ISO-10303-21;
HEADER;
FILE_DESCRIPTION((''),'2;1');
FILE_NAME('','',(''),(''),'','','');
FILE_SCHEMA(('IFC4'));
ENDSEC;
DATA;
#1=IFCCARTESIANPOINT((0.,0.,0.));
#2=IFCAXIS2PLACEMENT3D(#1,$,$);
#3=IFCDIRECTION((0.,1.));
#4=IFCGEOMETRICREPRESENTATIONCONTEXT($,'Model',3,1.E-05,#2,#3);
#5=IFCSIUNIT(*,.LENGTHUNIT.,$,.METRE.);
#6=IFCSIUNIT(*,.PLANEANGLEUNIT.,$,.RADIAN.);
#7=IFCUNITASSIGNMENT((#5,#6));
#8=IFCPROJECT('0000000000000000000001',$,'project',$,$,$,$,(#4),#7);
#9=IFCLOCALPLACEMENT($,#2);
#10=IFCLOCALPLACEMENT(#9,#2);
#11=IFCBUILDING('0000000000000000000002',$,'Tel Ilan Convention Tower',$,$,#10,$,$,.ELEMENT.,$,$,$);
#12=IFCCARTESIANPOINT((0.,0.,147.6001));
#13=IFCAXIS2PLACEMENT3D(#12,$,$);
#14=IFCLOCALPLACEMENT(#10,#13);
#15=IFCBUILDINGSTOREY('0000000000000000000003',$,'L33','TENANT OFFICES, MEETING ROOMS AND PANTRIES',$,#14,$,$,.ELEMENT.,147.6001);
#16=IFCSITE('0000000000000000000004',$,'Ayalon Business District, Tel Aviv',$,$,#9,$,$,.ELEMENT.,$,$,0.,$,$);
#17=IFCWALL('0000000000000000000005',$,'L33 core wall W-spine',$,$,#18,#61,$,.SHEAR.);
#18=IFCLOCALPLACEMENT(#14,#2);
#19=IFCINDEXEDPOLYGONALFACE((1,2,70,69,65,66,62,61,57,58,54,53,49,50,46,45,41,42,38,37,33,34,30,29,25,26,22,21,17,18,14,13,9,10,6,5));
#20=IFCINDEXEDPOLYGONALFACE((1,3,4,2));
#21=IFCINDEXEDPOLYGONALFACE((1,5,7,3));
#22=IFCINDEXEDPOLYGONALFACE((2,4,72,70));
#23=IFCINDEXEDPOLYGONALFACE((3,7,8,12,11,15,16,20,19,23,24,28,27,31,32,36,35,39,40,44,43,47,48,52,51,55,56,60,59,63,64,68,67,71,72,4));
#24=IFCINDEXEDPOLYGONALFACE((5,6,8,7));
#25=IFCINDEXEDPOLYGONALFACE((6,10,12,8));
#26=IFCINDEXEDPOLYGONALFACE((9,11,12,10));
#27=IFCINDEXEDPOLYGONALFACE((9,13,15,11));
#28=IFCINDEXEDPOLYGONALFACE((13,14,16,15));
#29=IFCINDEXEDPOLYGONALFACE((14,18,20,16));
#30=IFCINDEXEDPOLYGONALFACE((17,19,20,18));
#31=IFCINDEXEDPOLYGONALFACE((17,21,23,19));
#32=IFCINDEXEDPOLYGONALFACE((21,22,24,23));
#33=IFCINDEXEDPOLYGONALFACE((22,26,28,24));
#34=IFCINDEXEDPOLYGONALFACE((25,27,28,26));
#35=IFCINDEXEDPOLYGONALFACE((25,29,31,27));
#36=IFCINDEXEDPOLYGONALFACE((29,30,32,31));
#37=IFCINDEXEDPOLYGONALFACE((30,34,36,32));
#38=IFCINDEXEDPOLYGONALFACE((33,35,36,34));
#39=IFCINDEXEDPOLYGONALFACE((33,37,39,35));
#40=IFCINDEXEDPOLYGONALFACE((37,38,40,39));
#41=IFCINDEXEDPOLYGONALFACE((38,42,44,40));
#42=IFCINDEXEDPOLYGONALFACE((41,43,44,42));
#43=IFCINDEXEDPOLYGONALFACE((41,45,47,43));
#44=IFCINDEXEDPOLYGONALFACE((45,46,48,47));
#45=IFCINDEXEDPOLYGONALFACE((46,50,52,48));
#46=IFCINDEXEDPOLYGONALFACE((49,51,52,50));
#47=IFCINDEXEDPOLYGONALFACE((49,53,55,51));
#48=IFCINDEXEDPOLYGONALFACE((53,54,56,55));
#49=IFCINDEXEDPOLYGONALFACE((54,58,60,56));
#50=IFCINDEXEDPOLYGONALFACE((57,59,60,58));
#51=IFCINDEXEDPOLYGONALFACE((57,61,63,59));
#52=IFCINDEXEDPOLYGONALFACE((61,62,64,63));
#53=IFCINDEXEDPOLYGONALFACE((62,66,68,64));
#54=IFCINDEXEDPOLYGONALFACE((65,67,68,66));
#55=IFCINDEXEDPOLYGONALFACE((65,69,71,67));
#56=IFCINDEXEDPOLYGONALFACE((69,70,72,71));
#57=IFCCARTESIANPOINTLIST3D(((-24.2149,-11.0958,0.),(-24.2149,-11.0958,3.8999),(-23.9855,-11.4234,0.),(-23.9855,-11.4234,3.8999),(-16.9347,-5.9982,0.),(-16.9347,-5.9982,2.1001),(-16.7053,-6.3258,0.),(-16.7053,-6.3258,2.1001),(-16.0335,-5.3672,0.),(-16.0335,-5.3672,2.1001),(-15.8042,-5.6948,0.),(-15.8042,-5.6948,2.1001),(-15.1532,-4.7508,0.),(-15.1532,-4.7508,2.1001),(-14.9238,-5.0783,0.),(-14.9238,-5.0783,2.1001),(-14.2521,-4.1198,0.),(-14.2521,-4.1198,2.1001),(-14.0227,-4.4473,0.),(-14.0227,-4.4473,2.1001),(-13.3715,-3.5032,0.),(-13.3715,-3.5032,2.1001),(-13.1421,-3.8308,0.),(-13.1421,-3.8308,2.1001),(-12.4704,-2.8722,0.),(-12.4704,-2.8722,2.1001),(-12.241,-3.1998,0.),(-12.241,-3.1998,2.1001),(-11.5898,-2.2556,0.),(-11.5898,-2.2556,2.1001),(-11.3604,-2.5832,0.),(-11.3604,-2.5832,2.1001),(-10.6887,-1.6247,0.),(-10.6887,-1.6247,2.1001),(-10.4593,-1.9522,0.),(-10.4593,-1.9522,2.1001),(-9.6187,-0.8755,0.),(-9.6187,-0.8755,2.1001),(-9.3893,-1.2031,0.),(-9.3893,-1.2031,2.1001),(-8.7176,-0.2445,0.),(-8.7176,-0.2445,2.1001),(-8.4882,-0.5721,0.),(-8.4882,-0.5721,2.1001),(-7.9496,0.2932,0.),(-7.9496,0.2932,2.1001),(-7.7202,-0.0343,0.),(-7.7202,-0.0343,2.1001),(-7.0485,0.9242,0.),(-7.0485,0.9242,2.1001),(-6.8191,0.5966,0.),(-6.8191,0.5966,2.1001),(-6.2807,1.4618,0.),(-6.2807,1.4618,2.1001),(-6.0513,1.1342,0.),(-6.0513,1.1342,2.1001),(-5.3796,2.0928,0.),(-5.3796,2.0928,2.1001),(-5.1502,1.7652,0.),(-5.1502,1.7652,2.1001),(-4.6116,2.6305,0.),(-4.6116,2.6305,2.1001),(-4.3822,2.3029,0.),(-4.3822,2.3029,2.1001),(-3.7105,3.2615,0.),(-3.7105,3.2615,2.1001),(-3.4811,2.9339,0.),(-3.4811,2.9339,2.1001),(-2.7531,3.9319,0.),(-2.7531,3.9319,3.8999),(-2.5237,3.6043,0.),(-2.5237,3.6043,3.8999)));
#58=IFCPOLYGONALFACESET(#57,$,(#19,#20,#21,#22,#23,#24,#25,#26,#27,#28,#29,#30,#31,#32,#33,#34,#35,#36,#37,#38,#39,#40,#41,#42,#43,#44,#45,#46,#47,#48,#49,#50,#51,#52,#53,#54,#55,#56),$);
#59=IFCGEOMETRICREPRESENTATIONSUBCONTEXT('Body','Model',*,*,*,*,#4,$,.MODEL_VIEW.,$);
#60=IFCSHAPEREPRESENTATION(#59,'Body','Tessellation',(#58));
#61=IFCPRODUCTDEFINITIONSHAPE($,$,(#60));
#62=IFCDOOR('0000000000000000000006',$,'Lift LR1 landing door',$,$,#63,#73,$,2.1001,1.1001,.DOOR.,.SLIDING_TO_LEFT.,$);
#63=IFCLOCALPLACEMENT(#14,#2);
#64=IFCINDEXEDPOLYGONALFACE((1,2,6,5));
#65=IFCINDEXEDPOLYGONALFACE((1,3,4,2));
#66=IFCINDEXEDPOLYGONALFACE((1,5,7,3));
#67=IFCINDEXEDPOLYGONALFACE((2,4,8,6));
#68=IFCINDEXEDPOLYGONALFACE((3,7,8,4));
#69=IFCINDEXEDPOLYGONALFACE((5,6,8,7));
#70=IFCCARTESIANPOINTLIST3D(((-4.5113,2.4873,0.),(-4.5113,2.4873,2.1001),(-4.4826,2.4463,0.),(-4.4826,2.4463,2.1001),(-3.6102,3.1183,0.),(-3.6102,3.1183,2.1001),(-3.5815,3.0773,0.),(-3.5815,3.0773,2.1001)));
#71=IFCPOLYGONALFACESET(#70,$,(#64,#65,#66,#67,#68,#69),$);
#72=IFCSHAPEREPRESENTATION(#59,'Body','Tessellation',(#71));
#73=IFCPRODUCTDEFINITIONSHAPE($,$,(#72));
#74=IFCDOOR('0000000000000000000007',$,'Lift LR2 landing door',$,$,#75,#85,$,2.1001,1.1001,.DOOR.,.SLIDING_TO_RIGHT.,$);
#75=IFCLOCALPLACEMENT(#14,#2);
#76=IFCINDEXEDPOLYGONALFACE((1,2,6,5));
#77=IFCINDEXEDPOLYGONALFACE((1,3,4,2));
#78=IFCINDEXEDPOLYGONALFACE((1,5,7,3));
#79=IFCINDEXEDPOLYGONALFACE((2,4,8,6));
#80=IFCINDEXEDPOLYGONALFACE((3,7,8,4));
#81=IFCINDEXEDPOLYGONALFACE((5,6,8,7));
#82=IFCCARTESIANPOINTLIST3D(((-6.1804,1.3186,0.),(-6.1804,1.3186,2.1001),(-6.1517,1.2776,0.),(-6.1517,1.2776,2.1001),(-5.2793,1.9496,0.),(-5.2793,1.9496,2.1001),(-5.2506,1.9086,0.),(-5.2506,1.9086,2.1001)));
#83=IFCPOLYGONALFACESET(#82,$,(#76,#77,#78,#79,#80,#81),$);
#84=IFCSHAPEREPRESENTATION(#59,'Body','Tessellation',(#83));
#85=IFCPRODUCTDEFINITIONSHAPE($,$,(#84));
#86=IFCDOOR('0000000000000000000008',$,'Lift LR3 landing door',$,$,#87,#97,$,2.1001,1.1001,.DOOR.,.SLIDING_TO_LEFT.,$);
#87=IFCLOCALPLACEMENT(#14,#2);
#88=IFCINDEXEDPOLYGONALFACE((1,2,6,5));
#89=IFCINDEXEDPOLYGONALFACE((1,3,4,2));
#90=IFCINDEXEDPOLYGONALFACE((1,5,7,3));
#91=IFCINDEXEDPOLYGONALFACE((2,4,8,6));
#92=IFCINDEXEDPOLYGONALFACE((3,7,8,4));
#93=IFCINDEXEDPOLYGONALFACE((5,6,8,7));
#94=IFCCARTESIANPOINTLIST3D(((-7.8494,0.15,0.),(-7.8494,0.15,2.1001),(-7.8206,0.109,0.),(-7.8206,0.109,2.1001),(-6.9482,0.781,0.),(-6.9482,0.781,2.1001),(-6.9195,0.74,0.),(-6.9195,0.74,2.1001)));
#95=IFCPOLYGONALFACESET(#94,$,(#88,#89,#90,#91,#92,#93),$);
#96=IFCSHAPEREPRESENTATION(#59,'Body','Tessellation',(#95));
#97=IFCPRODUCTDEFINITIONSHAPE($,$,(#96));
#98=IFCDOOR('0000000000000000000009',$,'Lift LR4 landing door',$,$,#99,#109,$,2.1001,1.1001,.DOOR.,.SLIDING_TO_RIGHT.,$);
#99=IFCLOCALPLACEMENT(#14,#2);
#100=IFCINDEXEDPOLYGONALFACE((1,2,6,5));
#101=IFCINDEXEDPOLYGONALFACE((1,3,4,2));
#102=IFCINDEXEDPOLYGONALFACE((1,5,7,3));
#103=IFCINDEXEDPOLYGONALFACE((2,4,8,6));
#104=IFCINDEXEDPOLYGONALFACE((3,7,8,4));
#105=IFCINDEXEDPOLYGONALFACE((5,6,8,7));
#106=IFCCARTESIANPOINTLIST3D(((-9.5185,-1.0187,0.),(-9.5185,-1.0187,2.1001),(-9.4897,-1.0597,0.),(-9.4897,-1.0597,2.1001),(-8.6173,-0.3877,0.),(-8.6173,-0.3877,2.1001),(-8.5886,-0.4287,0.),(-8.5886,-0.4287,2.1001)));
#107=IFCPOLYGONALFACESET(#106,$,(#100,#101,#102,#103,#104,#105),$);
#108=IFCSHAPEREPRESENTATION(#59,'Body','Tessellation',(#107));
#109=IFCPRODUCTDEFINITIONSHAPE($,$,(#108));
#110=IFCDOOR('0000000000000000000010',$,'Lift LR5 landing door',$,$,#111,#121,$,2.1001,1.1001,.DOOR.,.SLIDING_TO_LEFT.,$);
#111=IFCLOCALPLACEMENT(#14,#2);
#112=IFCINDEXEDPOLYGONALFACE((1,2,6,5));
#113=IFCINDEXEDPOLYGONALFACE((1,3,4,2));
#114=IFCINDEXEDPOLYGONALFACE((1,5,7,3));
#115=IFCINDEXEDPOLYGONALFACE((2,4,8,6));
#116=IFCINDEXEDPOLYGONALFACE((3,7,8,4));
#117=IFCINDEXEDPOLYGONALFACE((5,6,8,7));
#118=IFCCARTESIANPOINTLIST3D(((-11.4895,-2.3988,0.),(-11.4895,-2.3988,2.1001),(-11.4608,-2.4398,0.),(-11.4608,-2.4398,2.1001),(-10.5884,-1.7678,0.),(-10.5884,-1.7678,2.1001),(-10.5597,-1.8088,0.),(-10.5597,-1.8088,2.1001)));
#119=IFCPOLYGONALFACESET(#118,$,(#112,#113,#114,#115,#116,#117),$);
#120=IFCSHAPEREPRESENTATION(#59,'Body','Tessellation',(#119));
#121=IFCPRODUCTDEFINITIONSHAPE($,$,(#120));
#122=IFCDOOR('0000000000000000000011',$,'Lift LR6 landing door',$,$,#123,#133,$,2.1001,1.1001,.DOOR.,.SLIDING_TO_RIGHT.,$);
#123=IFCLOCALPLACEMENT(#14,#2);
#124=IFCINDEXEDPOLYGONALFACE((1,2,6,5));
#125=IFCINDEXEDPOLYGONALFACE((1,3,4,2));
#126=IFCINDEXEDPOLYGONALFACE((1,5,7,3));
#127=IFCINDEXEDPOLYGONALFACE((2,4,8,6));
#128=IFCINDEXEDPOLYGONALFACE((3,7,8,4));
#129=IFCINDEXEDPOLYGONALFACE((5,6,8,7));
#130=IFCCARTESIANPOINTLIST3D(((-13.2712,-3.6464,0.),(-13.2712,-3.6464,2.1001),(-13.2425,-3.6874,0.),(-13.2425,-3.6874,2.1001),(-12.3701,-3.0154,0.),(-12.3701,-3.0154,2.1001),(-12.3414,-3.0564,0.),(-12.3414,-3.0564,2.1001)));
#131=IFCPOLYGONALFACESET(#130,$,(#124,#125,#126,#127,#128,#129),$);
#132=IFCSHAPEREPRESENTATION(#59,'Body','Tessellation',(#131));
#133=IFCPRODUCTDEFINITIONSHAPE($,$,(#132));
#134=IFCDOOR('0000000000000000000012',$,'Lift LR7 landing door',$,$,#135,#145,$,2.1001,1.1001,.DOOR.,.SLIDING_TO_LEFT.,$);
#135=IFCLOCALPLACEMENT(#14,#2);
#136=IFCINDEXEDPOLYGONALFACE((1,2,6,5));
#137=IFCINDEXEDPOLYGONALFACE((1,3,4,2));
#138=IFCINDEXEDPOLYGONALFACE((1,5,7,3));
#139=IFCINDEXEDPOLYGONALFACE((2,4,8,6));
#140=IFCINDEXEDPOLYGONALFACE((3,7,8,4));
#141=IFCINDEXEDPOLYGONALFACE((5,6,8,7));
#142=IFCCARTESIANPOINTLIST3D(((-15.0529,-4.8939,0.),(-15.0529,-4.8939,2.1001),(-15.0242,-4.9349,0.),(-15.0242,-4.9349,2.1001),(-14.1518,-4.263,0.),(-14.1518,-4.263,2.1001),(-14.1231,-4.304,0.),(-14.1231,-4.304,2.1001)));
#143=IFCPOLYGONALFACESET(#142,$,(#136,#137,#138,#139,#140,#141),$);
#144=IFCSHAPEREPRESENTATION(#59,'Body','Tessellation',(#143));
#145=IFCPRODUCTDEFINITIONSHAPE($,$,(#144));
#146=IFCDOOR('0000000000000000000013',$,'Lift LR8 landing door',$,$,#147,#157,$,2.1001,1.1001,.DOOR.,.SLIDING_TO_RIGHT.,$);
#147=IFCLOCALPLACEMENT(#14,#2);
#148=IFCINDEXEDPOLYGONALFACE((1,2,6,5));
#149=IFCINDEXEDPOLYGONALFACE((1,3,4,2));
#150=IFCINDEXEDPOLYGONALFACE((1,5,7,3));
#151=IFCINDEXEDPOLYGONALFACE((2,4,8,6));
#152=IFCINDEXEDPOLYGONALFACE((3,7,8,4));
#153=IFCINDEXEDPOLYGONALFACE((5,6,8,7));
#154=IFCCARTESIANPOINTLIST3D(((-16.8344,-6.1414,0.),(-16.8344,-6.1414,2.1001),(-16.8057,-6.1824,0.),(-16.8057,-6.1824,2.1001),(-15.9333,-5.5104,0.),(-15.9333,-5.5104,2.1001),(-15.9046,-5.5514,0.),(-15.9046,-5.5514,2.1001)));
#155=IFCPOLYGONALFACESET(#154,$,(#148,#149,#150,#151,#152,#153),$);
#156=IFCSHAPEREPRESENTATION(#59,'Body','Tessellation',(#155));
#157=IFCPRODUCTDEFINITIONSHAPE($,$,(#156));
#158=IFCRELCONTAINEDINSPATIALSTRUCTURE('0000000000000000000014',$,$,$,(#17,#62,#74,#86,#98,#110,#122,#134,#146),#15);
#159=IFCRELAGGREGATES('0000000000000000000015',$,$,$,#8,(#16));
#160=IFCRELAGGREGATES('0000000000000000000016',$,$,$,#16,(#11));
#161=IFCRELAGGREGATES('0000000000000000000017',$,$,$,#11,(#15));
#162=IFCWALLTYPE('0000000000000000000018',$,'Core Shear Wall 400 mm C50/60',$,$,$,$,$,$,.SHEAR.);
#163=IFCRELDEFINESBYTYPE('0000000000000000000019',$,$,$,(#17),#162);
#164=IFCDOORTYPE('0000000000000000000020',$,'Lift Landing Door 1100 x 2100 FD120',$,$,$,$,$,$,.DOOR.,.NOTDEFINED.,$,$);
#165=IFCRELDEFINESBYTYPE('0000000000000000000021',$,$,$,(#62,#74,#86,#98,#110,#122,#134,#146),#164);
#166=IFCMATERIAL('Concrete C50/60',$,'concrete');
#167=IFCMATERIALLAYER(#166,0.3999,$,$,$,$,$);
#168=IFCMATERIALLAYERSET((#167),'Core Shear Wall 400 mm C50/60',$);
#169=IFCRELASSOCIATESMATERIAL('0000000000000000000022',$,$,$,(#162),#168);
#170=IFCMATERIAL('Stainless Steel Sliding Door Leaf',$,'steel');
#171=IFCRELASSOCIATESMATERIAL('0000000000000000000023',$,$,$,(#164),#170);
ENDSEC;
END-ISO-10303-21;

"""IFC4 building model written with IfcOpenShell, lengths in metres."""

from ifc_helpers import new_model, si_unit, direction, frame, frame_2d, origin, place, context, subcontext, project, spatial, polyline, rectangle, outline, extrude, material, layer, layer_set, type_object, element, fill, save


model = new_model("IFC4")

# Units and contexts
model_context = context("Model", 3, precision=1e-05, world=origin(), true_north=direction((0.0, 1.0)))
body_context = subcontext(model_context, "Body", "Model", "MODEL_VIEW")
ifc_project = project(units=[si_unit("LENGTHUNIT", "METRE"), si_unit("PLANEANGLEUNIT", "RADIAN")], contexts=[model_context])

# Site, building, storey
site_placement = place(None, origin())
site = spatial("IfcSite", under=ifc_project, at=site_placement, Name="Ayalon Business District, Tel Aviv", CompositionType="ELEMENT", RefElevation=0.0)
building_placement = place(site_placement, origin())
building = spatial("IfcBuilding", under=site, at=building_placement, Name="Tel Ilan Convention Tower", CompositionType="ELEMENT")
storey_placement = place(building_placement, frame((0.0, 0.0, 147.6001)))
storey = spatial("IfcBuildingStorey", under=building, at=storey_placement, Name="L33", Description="TENANT OFFICES, MEETING ROOMS AND PANTRIES", CompositionType="ELEMENT", Elevation=147.6001)

# Wall, openings, doors
ifc_material_1 = material(Name="Concrete C50/60", Category="concrete")
ifc_layer_1 = layer(ifc_material_1, 0.3999)
ifc_layer_set_1 = layer_set([ifc_layer_1], Name="Core Shear Wall 400 mm C50/60")
wall_type_1 = type_object("IfcWallType", Name="Core Shear Wall 400 mm C50/60", PredefinedType="SHEAR", material=ifc_layer_set_1)
wall_1_placement = place(storey_placement, frame((-2.6384, 3.7681, 0.0), z_axis=(0.0, 0.0, 1.0), x_axis=(-0.819153, -0.573576, 0.0)))
wall_1 = element("IfcWall", 1, at=wall_1_placement, inside=storey, type_object=wall_type_1, Name="L33 core wall W-spine", PredefinedType="SHEAR", context=body_context, shape_type="SweptSolid", body=[
    extrude(outline(polyline([(26.2, 0.2), (0.0, 0.2), (0.0, -0.2), (26.2, -0.2), (26.2, 0.2)])), origin(), (0.0, 0.0, 1.0), 3.8999),
])
opening_1_placement = place(wall_1_placement, frame((1.1687, 0.0, 0.0)))
opening_1 = element("IfcOpeningElement", 2, at=opening_1_placement, cuts=wall_1, PredefinedType="OPENING", context=body_context, shape_type="SweptSolid", body=[
    extrude(rectangle(XDim=1.1001, YDim=2.1001, at=frame_2d((0.55, 1.05))), frame((0.0, 0.21, 0.0), z_axis=(0.0, -1.0, 0.0), x_axis=(1.0, 0.0, 0.0)), (0.0, 0.0, 1.0), 0.4199),
])
opening_2_placement = place(wall_1_placement, frame((3.2063, 0.0, 0.0)))
opening_2 = element("IfcOpeningElement", 3, at=opening_2_placement, cuts=wall_1, PredefinedType="OPENING", context=body_context, shape_type="SweptSolid", body=[
    extrude(rectangle(XDim=1.1001, YDim=2.1001, at=frame_2d((0.55, 1.05))), frame((0.0, 0.21, 0.0), z_axis=(0.0, -1.0, 0.0), x_axis=(1.0, 0.0, 0.0)), (0.0, 0.0, 1.0), 0.4199),
])
opening_3_placement = place(wall_1_placement, frame((5.2437, 0.0, 0.0)))
opening_3 = element("IfcOpeningElement", 4, at=opening_3_placement, cuts=wall_1, PredefinedType="OPENING", context=body_context, shape_type="SweptSolid", body=[
    extrude(rectangle(XDim=1.1001, YDim=2.1001, at=frame_2d((0.55, 1.05))), frame((0.0, 0.21, 0.0), z_axis=(0.0, -1.0, 0.0), x_axis=(1.0, 0.0, 0.0)), (0.0, 0.0, 1.0), 0.4199),
])
opening_4_placement = place(wall_1_placement, frame((7.2812, 0.0, 0.0)))
opening_4 = element("IfcOpeningElement", 5, at=opening_4_placement, cuts=wall_1, PredefinedType="OPENING", context=body_context, shape_type="SweptSolid", body=[
    extrude(rectangle(XDim=1.1001, YDim=2.1001, at=frame_2d((0.55, 1.05))), frame((0.0, 0.21, 0.0), z_axis=(0.0, -1.0, 0.0), x_axis=(1.0, 0.0, 0.0)), (0.0, 0.0, 1.0), 0.4199),
])
opening_5_placement = place(wall_1_placement, frame((9.6875, 0.0, 0.0)))
opening_5 = element("IfcOpeningElement", 6, at=opening_5_placement, cuts=wall_1, PredefinedType="OPENING", context=body_context, shape_type="SweptSolid", body=[
    extrude(rectangle(XDim=1.1001, YDim=2.1001, at=frame_2d((0.55, 1.05))), frame((0.0, 0.21, 0.0), z_axis=(0.0, -1.0, 0.0), x_axis=(1.0, 0.0, 0.0)), (0.0, 0.0, 1.0), 0.4199),
])
opening_6_placement = place(wall_1_placement, frame((11.8625, 0.0, 0.0)))
opening_6 = element("IfcOpeningElement", 7, at=opening_6_placement, cuts=wall_1, PredefinedType="OPENING", context=body_context, shape_type="SweptSolid", body=[
    extrude(rectangle(XDim=1.1001, YDim=2.1001, at=frame_2d((0.55, 1.05))), frame((0.0, 0.21, 0.0), z_axis=(0.0, -1.0, 0.0), x_axis=(1.0, 0.0, 0.0)), (0.0, 0.0, 1.0), 0.4199),
])
opening_7_placement = place(wall_1_placement, frame((14.0376, 0.0, 0.0)))
opening_7 = element("IfcOpeningElement", 8, at=opening_7_placement, cuts=wall_1, PredefinedType="OPENING", context=body_context, shape_type="SweptSolid", body=[
    extrude(rectangle(XDim=1.1001, YDim=2.1001, at=frame_2d((0.55, 1.05))), frame((0.0, 0.21, 0.0), z_axis=(0.0, -1.0, 0.0), x_axis=(1.0, 0.0, 0.0)), (0.0, 0.0, 1.0), 0.4199),
])
opening_8_placement = place(wall_1_placement, frame((16.2124, 0.0, 0.0)))
opening_8 = element("IfcOpeningElement", 9, at=opening_8_placement, cuts=wall_1, PredefinedType="OPENING", context=body_context, shape_type="SweptSolid", body=[
    extrude(rectangle(XDim=1.1001, YDim=2.1001, at=frame_2d((0.55, 1.05))), frame((0.0, 0.21, 0.0), z_axis=(0.0, -1.0, 0.0), x_axis=(1.0, 0.0, 0.0)), (0.0, 0.0, 1.0), 0.4199),
])
ifc_material_2 = material(Name="Stainless Steel Sliding Door Leaf", Category="steel")
door_type = type_object("IfcDoorType", Name="Lift Landing Door 1100 x 2100 FD120", OperationType="NOTDEFINED", PredefinedType="DOOR", material=ifc_material_2)
door_1_placement = place(opening_1_placement, origin())
door_1 = element("IfcDoor", 10, at=door_1_placement, inside=storey, type_object=door_type, Name="Lift LR1 landing door", OperationType="SLIDING_TO_LEFT", OverallHeight=2.1001, OverallWidth=1.1001, PredefinedType="DOOR", context=body_context, shape_type="SweptSolid", body=[
    extrude(rectangle(XDim=1.1001, YDim=2.1001, at=frame_2d((0.55, 1.05))), frame((0.0, 0.0249, 0.0), z_axis=(0.0, -1.0, 0.0), x_axis=(1.0, 0.0, 0.0)), (0.0, 0.0, 1.0), 0.05),
])
fill(opening_1, door_1)
door_2_placement = place(opening_2_placement, origin())
door_2 = element("IfcDoor", 11, at=door_2_placement, inside=storey, type_object=door_type, Name="Lift LR2 landing door", OperationType="SLIDING_TO_RIGHT", OverallHeight=2.1001, OverallWidth=1.1001, PredefinedType="DOOR", context=body_context, shape_type="SweptSolid", body=[
    extrude(rectangle(XDim=1.1001, YDim=2.1001, at=frame_2d((0.55, 1.05))), frame((0.0, 0.0249, 0.0), z_axis=(0.0, -1.0, 0.0), x_axis=(1.0, 0.0, 0.0)), (0.0, 0.0, 1.0), 0.05),
])
fill(opening_2, door_2)
door_3_placement = place(opening_3_placement, origin())
door_3 = element("IfcDoor", 12, at=door_3_placement, inside=storey, type_object=door_type, Name="Lift LR3 landing door", OperationType="SLIDING_TO_LEFT", OverallHeight=2.1001, OverallWidth=1.1001, PredefinedType="DOOR", context=body_context, shape_type="SweptSolid", body=[
    extrude(rectangle(XDim=1.1001, YDim=2.1001, at=frame_2d((0.55, 1.05))), frame((0.0, 0.0249, 0.0), z_axis=(0.0, -1.0, 0.0), x_axis=(1.0, 0.0, 0.0)), (0.0, 0.0, 1.0), 0.05),
])
fill(opening_3, door_3)
door_4_placement = place(opening_4_placement, origin())
door_4 = element("IfcDoor", 13, at=door_4_placement, inside=storey, type_object=door_type, Name="Lift LR4 landing door", OperationType="SLIDING_TO_RIGHT", OverallHeight=2.1001, OverallWidth=1.1001, PredefinedType="DOOR", context=body_context, shape_type="SweptSolid", body=[
    extrude(rectangle(XDim=1.1001, YDim=2.1001, at=frame_2d((0.55, 1.05))), frame((0.0, 0.0249, 0.0), z_axis=(0.0, -1.0, 0.0), x_axis=(1.0, 0.0, 0.0)), (0.0, 0.0, 1.0), 0.05),
])
fill(opening_4, door_4)
door_5_placement = place(opening_5_placement, origin())
door_5 = element("IfcDoor", 14, at=door_5_placement, inside=storey, type_object=door_type, Name="Lift LR5 landing door", OperationType="SLIDING_TO_LEFT", OverallHeight=2.1001, OverallWidth=1.1001, PredefinedType="DOOR", context=body_context, shape_type="SweptSolid", body=[
    extrude(rectangle(XDim=1.1001, YDim=2.1001, at=frame_2d((0.55, 1.05))), frame((0.0, 0.0249, 0.0), z_axis=(0.0, -1.0, 0.0), x_axis=(1.0, 0.0, 0.0)), (0.0, 0.0, 1.0), 0.05),
])
fill(opening_5, door_5)
door_6_placement = place(opening_6_placement, origin())
door_6 = element("IfcDoor", 15, at=door_6_placement, inside=storey, type_object=door_type, Name="Lift LR6 landing door", OperationType="SLIDING_TO_RIGHT", OverallHeight=2.1001, OverallWidth=1.1001, PredefinedType="DOOR", context=body_context, shape_type="SweptSolid", body=[
    extrude(rectangle(XDim=1.1001, YDim=2.1001, at=frame_2d((0.55, 1.05))), frame((0.0, 0.0249, 0.0), z_axis=(0.0, -1.0, 0.0), x_axis=(1.0, 0.0, 0.0)), (0.0, 0.0, 1.0), 0.05),
])
fill(opening_6, door_6)
door_7_placement = place(opening_7_placement, origin())
door_7 = element("IfcDoor", 16, at=door_7_placement, inside=storey, type_object=door_type, Name="Lift LR7 landing door", OperationType="SLIDING_TO_LEFT", OverallHeight=2.1001, OverallWidth=1.1001, PredefinedType="DOOR", context=body_context, shape_type="SweptSolid", body=[
    extrude(rectangle(XDim=1.1001, YDim=2.1001, at=frame_2d((0.55, 1.05))), frame((0.0, 0.0249, 0.0), z_axis=(0.0, -1.0, 0.0), x_axis=(1.0, 0.0, 0.0)), (0.0, 0.0, 1.0), 0.05),
])
fill(opening_7, door_7)
door_8_placement = place(opening_8_placement, origin())
door_8 = element("IfcDoor", 17, at=door_8_placement, inside=storey, type_object=door_type, Name="Lift LR8 landing door", OperationType="SLIDING_TO_RIGHT", OverallHeight=2.1001, OverallWidth=1.1001, PredefinedType="DOOR", context=body_context, shape_type="SweptSolid", body=[
    extrude(rectangle(XDim=1.1001, YDim=2.1001, at=frame_2d((0.55, 1.05))), frame((0.0, 0.0249, 0.0), z_axis=(0.0, -1.0, 0.0), x_axis=(1.0, 0.0, 0.0)), (0.0, 0.0, 1.0), 0.05),
])
fill(opening_8, door_8)

save(model, "model.ifc")
